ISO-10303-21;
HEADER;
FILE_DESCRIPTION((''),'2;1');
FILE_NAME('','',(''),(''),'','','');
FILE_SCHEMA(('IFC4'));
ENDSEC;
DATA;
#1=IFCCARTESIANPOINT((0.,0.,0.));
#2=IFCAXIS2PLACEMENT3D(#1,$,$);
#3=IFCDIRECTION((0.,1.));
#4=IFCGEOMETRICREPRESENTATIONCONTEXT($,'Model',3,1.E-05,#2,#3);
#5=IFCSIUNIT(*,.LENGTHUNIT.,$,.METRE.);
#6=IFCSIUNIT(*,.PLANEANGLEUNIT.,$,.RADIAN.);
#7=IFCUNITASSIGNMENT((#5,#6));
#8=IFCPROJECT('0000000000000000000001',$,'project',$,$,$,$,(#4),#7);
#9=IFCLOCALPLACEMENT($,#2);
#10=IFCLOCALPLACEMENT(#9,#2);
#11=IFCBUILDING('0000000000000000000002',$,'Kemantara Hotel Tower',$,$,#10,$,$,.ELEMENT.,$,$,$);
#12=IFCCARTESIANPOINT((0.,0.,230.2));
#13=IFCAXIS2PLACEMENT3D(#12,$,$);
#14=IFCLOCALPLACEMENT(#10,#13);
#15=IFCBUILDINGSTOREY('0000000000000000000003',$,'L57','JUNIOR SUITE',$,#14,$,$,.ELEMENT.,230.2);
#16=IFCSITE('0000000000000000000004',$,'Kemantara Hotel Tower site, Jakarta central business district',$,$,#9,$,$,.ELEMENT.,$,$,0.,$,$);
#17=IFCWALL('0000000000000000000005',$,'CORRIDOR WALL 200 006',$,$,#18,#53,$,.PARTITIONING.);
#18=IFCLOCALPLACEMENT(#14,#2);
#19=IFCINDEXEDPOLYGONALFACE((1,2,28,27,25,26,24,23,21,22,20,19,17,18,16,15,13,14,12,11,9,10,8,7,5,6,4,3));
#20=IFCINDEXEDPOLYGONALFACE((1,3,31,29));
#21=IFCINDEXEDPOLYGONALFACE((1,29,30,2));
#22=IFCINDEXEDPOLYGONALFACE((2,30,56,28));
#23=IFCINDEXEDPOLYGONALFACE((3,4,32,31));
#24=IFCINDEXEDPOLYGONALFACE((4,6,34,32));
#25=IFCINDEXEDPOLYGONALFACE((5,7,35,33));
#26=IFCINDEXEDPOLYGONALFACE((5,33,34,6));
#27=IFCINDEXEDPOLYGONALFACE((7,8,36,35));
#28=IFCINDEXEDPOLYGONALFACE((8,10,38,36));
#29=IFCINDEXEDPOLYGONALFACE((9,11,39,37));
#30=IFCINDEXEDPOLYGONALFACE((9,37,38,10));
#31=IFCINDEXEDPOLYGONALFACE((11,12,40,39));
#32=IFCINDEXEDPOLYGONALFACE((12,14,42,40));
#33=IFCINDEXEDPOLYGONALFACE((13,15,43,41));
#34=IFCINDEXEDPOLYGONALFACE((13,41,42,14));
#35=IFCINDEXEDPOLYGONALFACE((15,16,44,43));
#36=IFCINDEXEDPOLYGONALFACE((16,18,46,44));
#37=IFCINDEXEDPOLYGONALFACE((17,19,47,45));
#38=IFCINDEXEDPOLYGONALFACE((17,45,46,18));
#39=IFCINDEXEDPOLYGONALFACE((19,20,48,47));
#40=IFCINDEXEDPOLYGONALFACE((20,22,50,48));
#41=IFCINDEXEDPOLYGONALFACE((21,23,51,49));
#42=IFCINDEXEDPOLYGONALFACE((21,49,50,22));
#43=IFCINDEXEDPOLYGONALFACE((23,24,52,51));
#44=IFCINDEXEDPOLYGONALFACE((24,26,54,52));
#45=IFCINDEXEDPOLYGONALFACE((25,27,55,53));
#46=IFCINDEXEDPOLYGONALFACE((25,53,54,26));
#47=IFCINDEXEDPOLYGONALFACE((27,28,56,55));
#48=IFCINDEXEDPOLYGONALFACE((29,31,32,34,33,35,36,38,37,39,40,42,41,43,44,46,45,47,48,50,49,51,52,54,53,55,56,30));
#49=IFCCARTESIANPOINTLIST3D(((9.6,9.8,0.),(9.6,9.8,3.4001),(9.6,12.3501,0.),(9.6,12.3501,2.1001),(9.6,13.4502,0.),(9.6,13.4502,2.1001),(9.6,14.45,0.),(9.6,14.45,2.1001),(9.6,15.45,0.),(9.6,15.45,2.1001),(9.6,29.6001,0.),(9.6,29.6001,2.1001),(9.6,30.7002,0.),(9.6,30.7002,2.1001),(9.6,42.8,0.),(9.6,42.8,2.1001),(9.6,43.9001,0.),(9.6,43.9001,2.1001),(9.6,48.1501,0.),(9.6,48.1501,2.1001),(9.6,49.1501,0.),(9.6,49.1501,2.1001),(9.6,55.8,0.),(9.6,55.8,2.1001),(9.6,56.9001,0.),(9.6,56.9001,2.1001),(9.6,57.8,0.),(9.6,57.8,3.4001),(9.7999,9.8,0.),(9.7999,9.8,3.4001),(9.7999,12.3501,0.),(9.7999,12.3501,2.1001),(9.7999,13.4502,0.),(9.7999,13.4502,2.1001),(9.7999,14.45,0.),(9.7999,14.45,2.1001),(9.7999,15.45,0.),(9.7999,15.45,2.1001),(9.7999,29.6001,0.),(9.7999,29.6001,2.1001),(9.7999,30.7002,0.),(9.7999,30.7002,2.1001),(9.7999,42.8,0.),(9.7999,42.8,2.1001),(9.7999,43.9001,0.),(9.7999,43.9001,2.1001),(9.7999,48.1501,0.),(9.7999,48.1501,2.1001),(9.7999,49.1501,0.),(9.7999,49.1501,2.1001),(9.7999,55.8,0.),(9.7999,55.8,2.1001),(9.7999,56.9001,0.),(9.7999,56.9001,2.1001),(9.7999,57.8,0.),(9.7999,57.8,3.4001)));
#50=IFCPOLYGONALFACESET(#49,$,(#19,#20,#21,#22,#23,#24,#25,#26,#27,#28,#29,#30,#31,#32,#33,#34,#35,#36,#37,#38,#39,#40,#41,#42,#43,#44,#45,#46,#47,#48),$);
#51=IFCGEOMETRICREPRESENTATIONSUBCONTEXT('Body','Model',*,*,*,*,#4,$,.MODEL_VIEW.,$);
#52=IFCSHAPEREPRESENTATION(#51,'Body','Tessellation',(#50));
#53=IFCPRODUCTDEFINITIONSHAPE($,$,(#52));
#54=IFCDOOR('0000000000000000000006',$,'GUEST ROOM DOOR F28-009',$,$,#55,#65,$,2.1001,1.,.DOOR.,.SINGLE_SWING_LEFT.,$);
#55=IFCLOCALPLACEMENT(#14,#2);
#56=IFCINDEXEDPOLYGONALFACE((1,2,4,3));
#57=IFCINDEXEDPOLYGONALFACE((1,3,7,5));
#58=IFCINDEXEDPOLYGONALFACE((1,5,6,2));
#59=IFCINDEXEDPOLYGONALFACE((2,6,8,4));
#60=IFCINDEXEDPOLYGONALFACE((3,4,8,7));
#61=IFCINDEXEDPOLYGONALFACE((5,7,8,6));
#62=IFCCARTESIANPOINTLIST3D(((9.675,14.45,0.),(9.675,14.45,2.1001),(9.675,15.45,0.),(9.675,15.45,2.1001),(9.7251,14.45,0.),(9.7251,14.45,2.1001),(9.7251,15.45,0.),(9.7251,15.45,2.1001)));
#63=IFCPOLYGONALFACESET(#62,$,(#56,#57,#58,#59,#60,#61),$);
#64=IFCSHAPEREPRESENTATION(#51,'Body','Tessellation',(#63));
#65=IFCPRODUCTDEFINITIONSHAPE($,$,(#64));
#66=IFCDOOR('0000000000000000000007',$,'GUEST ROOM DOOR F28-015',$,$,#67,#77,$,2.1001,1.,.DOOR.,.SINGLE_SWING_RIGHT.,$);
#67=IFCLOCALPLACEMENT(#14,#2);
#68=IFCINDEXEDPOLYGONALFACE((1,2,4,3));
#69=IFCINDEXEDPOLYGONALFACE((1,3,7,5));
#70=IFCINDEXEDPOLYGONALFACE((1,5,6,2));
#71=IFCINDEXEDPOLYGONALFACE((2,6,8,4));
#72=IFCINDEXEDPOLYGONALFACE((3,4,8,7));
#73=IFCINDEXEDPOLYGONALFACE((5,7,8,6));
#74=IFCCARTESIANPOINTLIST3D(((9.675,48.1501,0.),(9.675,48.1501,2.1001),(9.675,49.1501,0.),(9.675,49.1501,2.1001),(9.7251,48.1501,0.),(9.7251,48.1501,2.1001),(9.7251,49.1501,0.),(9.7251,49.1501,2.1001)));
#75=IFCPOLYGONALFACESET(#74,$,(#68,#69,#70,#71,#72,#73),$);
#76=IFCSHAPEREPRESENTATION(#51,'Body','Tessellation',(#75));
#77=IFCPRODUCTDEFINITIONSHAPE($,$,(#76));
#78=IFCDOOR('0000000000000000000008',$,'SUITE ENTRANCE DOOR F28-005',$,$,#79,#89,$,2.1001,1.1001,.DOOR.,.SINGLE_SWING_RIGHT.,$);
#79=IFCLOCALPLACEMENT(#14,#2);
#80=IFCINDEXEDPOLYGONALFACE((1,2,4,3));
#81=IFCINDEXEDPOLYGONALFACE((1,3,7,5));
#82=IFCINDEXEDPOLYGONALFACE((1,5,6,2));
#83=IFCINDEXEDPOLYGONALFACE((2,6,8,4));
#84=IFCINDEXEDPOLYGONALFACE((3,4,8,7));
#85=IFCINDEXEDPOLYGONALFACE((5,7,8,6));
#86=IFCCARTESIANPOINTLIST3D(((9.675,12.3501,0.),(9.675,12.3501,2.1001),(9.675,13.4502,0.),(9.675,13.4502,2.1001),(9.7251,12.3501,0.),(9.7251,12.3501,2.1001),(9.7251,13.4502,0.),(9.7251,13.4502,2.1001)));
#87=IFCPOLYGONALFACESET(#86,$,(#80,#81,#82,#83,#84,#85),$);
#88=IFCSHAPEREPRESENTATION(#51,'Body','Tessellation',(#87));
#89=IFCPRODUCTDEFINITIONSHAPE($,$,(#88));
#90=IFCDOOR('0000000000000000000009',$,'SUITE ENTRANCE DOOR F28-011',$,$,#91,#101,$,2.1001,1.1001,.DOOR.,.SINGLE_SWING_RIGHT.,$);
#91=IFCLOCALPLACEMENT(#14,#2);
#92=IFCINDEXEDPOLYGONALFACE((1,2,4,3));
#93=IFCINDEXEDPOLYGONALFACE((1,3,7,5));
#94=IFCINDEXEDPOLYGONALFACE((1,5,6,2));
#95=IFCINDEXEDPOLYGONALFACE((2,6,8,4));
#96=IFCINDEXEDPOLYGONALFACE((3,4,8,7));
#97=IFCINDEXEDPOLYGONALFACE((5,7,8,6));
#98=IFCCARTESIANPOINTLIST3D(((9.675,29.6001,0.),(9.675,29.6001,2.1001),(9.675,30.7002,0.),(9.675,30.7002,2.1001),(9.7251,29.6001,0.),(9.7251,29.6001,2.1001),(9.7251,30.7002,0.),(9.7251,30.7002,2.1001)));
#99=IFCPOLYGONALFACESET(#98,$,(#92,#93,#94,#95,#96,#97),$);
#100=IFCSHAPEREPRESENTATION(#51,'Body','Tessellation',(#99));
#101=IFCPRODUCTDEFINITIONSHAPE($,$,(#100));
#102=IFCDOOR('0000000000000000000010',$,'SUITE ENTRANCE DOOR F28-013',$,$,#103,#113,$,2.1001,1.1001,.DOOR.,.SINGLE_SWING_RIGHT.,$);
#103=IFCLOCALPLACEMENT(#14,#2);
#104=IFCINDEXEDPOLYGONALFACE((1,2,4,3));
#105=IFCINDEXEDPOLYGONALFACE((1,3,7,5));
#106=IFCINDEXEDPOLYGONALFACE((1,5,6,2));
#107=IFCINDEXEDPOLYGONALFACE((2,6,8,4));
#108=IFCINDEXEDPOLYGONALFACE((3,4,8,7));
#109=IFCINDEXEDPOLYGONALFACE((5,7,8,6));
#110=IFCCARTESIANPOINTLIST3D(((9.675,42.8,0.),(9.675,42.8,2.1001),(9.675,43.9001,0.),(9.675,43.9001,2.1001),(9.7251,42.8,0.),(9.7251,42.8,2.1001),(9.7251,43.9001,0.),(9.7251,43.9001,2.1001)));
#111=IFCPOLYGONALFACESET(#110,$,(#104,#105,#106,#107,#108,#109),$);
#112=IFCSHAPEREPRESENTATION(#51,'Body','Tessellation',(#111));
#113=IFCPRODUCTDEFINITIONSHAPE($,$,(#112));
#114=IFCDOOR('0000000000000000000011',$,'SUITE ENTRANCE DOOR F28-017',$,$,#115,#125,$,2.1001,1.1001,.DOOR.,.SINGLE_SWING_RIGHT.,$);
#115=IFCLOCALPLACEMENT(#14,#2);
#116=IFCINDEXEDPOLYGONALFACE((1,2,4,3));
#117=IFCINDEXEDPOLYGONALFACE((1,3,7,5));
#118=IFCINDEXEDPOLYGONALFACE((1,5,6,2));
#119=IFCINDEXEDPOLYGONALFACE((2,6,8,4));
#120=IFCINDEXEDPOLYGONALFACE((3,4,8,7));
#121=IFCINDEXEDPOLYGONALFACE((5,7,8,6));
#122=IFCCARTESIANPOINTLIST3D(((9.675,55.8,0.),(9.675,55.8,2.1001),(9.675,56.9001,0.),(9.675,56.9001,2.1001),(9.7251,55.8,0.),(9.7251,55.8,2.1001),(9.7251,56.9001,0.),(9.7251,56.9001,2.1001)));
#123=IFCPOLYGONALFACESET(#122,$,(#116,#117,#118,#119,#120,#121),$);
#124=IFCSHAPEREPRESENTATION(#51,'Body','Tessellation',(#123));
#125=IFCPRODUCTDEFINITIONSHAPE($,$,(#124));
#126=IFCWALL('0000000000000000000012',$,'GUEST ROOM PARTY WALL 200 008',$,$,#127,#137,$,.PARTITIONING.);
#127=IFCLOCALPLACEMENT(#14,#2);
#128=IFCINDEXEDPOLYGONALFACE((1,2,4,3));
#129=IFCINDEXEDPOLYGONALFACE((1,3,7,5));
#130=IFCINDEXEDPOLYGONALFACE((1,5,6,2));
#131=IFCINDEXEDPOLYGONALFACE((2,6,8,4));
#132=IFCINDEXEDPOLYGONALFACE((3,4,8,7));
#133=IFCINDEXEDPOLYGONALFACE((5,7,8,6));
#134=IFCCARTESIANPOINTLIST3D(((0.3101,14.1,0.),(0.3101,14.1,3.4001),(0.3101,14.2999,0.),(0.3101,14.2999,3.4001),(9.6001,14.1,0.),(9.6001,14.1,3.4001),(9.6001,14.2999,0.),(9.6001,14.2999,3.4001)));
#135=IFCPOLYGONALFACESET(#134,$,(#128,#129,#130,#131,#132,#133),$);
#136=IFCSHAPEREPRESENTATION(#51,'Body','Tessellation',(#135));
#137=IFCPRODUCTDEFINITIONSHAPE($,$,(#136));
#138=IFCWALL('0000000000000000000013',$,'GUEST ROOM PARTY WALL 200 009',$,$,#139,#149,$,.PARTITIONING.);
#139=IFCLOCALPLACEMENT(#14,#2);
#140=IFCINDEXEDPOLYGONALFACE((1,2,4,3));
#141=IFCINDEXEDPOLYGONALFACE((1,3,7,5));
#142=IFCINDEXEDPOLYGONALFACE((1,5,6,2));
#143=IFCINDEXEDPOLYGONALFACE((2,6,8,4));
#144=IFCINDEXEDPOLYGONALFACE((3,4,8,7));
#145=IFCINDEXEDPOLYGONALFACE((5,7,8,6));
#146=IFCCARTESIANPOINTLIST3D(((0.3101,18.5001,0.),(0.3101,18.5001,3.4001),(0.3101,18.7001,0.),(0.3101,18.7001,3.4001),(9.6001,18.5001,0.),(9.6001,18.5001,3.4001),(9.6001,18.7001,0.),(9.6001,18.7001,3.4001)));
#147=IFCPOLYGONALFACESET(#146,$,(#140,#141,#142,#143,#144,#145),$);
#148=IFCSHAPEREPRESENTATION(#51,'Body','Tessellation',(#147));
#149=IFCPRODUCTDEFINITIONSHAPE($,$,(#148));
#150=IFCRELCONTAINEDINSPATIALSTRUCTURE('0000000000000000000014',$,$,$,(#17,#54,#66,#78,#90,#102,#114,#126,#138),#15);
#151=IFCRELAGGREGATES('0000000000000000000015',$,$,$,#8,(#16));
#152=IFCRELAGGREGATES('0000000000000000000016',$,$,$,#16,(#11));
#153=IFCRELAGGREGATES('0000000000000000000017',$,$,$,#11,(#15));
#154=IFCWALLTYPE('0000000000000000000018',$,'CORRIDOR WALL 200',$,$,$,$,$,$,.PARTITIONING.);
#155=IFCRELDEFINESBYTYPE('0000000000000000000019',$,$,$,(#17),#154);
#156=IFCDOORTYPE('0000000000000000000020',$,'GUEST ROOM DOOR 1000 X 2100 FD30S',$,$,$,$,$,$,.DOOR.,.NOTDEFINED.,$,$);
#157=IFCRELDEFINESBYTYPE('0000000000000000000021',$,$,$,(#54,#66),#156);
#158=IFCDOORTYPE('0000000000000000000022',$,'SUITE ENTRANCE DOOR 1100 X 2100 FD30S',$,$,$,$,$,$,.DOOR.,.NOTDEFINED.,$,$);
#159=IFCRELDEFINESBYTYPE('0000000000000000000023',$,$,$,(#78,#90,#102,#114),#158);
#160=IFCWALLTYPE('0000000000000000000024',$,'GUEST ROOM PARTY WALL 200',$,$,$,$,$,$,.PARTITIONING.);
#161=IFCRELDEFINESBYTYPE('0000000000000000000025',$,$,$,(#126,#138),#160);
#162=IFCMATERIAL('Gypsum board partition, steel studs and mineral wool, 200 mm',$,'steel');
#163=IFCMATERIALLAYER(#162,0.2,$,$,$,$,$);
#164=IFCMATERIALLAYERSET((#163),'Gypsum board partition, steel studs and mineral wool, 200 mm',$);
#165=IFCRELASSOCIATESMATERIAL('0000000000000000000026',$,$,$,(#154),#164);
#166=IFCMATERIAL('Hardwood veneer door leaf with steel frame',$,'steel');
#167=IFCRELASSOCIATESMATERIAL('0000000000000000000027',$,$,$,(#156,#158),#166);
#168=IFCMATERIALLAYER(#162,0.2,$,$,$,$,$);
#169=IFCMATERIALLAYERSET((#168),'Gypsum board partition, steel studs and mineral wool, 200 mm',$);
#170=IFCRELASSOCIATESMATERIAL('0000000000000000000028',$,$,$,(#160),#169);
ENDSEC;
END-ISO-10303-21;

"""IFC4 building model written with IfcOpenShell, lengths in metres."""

from ifc_helpers import new_model, si_unit, direction, frame, frame_2d, origin, place, context, subcontext, project, spatial, rectangle, extrude, material, layer, layer_set, type_object, element, fill, save


model = new_model("IFC4")

# Units and contexts
model_context = context("Model", 3, precision=1e-05, world=origin(), true_north=direction((0.0, 1.0)))
body_context = subcontext(model_context, "Body", "Model", "MODEL_VIEW")
ifc_project = project(units=[si_unit("LENGTHUNIT", "METRE"), si_unit("PLANEANGLEUNIT", "RADIAN")], contexts=[model_context])

# Site, building, storey
site_placement = place(None, origin())
site = spatial("IfcSite", under=ifc_project, at=site_placement, Name="Kemantara Hotel Tower site, Jakarta central business district", CompositionType="ELEMENT", RefElevation=0.0)
building_placement = place(site_placement, origin())
building = spatial("IfcBuilding", under=site, at=building_placement, Name="Kemantara Hotel Tower", CompositionType="ELEMENT")
storey_placement = place(building_placement, frame((0.0, 0.0, 230.2)))
storey = spatial("IfcBuildingStorey", under=building, at=storey_placement, Name="L57", Description="JUNIOR SUITE", CompositionType="ELEMENT", Elevation=230.2)

# Wall, openings, doors
ifc_material_1 = material(Name="Gypsum board partition, steel studs and mineral wool, 200 mm", Category="steel")
ifc_layer_1 = layer(ifc_material_1, 0.2)
ifc_layer_set_1 = layer_set([ifc_layer_1], Name="Gypsum board partition, steel studs and mineral wool, 200 mm")
wall_type_1 = type_object("IfcWallType", Name="CORRIDOR WALL 200", PredefinedType="PARTITIONING", material=ifc_layer_set_1)
wall_1_placement = place(storey_placement, frame((9.7, 9.8, 0.0), z_axis=(0.0, 0.0, 1.0), x_axis=(0.0, 1.0, 0.0)))
wall_1 = element("IfcWall", 1, at=wall_1_placement, inside=storey, type_object=wall_type_1, Name="CORRIDOR WALL 200 006", PredefinedType="PARTITIONING", context=body_context, shape_type="SweptSolid", body=[
    extrude(rectangle(XDim=48.0, YDim=0.2, at=frame_2d((24.0, 0.0))), origin(), (0.0, 0.0, 1.0), 3.4001),
])
opening_1_placement = place(wall_1_placement, frame((2.55, 0.0, 0.0)))
opening_1 = element("IfcOpeningElement", 2, at=opening_1_placement, cuts=wall_1, PredefinedType="OPENING", context=body_context, shape_type="SweptSolid", body=[
    extrude(rectangle(XDim=1.1001, YDim=2.1001, at=frame_2d((0.55, 1.05))), frame((0.0, 0.1099, 0.0), z_axis=(0.0, -1.0, 0.0), x_axis=(1.0, 0.0, 0.0)), (0.0, 0.0, 1.0), 0.22),
])
opening_2_placement = place(wall_1_placement, frame((4.6499, 0.0, 0.0)))
opening_2 = element("IfcOpeningElement", 3, at=opening_2_placement, cuts=wall_1, PredefinedType="OPENING", context=body_context, shape_type="SweptSolid", body=[
    extrude(rectangle(XDim=1.0, YDim=2.1001, at=frame_2d((0.5, 1.05))), frame((0.0, 0.1099, 0.0), z_axis=(0.0, -1.0, 0.0), x_axis=(1.0, 0.0, 0.0)), (0.0, 0.0, 1.0), 0.22),
])
opening_3_placement = place(wall_1_placement, frame((19.8, 0.0, 0.0)))
opening_3 = element("IfcOpeningElement", 4, at=opening_3_placement, cuts=wall_1, PredefinedType="OPENING", context=body_context, shape_type="SweptSolid", body=[
    extrude(rectangle(XDim=1.1001, YDim=2.1001, at=frame_2d((0.55, 1.05))), frame((0.0, 0.1099, 0.0), z_axis=(0.0, -1.0, 0.0), x_axis=(1.0, 0.0, 0.0)), (0.0, 0.0, 1.0), 0.22),
])
opening_4_placement = place(wall_1_placement, frame((33.0, 0.0, 0.0)))
opening_4 = element("IfcOpeningElement", 5, at=opening_4_placement, cuts=wall_1, PredefinedType="OPENING", context=body_context, shape_type="SweptSolid", body=[
    extrude(rectangle(XDim=1.1001, YDim=2.1001, at=frame_2d((0.55, 1.05))), frame((0.0, 0.1099, 0.0), z_axis=(0.0, -1.0, 0.0), x_axis=(1.0, 0.0, 0.0)), (0.0, 0.0, 1.0), 0.22),
])
opening_5_placement = place(wall_1_placement, frame((38.3501, 0.0, 0.0)))
opening_5 = element("IfcOpeningElement", 6, at=opening_5_placement, cuts=wall_1, PredefinedType="OPENING", context=body_context, shape_type="SweptSolid", body=[
    extrude(rectangle(XDim=1.0, YDim=2.1001, at=frame_2d((0.5, 1.05))), frame((0.0, 0.1099, 0.0), z_axis=(0.0, -1.0, 0.0), x_axis=(1.0, 0.0, 0.0)), (0.0, 0.0, 1.0), 0.22),
])
opening_6_placement = place(wall_1_placement, frame((46.0, 0.0, 0.0)))
opening_6 = element("IfcOpeningElement", 7, at=opening_6_placement, cuts=wall_1, PredefinedType="OPENING", context=body_context, shape_type="SweptSolid", body=[
    extrude(rectangle(XDim=1.1001, YDim=2.1001, at=frame_2d((0.55, 1.05))), frame((0.0, 0.1099, 0.0), z_axis=(0.0, -1.0, 0.0), x_axis=(1.0, 0.0, 0.0)), (0.0, 0.0, 1.0), 0.22),
])
ifc_material_2 = material(Name="Hardwood veneer door leaf with steel frame", Category="steel")
door_type_1 = type_object("IfcDoorType", Name="GUEST ROOM DOOR 1000 X 2100 FD30S", OperationType="NOTDEFINED", PredefinedType="DOOR", material=ifc_material_2)
door_1_placement = place(opening_2_placement, origin())
door_1 = element("IfcDoor", 8, at=door_1_placement, inside=storey, type_object=door_type_1, Name="GUEST ROOM DOOR F28-009", OperationType="SINGLE_SWING_LEFT", OverallHeight=2.1001, OverallWidth=1.0, PredefinedType="DOOR", context=body_context, shape_type="SweptSolid", body=[
    extrude(rectangle(XDim=1.0, YDim=2.1001, at=frame_2d((0.5, 1.05))), frame((0.0, 0.0249, 0.0), z_axis=(0.0, -1.0, 0.0), x_axis=(1.0, 0.0, 0.0)), (0.0, 0.0, 1.0), 0.05),
])
fill(opening_2, door_1)
door_2_placement = place(opening_5_placement, origin())
door_2 = element("IfcDoor", 9, at=door_2_placement, inside=storey, type_object=door_type_1, Name="GUEST ROOM DOOR F28-015", OperationType="SINGLE_SWING_RIGHT", OverallHeight=2.1001, OverallWidth=1.0, PredefinedType="DOOR", context=body_context, shape_type="SweptSolid", body=[
    extrude(rectangle(XDim=1.0, YDim=2.1001, at=frame_2d((0.5, 1.05))), frame((0.0, 0.0249, 0.0), z_axis=(0.0, -1.0, 0.0), x_axis=(1.0, 0.0, 0.0)), (0.0, 0.0, 1.0), 0.05),
])
fill(opening_5, door_2)
door_type_2 = type_object("IfcDoorType", Name="SUITE ENTRANCE DOOR 1100 X 2100 FD30S", OperationType="NOTDEFINED", PredefinedType="DOOR", material=ifc_material_2)
door_3_placement = place(opening_1_placement, origin())
door_3 = element("IfcDoor", 10, at=door_3_placement, inside=storey, type_object=door_type_2, Name="SUITE ENTRANCE DOOR F28-005", OperationType="SINGLE_SWING_RIGHT", OverallHeight=2.1001, OverallWidth=1.1001, PredefinedType="DOOR", context=body_context, shape_type="SweptSolid", body=[
    extrude(rectangle(XDim=1.1001, YDim=2.1001, at=frame_2d((0.55, 1.05))), frame((0.0, 0.0249, 0.0), z_axis=(0.0, -1.0, 0.0), x_axis=(1.0, 0.0, 0.0)), (0.0, 0.0, 1.0), 0.05),
])
fill(opening_1, door_3)
door_4_placement = place(opening_3_placement, origin())
door_4 = element("IfcDoor", 11, at=door_4_placement, inside=storey, type_object=door_type_2, Name="SUITE ENTRANCE DOOR F28-011", OperationType="SINGLE_SWING_RIGHT", OverallHeight=2.1001, OverallWidth=1.1001, PredefinedType="DOOR", context=body_context, shape_type="SweptSolid", body=[
    extrude(rectangle(XDim=1.1001, YDim=2.1001, at=frame_2d((0.55, 1.05))), frame((0.0, 0.0249, 0.0), z_axis=(0.0, -1.0, 0.0), x_axis=(1.0, 0.0, 0.0)), (0.0, 0.0, 1.0), 0.05),
])
fill(opening_3, door_4)
door_5_placement = place(opening_4_placement, origin())
door_5 = element("IfcDoor", 12, at=door_5_placement, inside=storey, type_object=door_type_2, Name="SUITE ENTRANCE DOOR F28-013", OperationType="SINGLE_SWING_RIGHT", OverallHeight=2.1001, OverallWidth=1.1001, PredefinedType="DOOR", context=body_context, shape_type="SweptSolid", body=[
    extrude(rectangle(XDim=1.1001, YDim=2.1001, at=frame_2d((0.55, 1.05))), frame((0.0, 0.0249, 0.0), z_axis=(0.0, -1.0, 0.0), x_axis=(1.0, 0.0, 0.0)), (0.0, 0.0, 1.0), 0.05),
])
fill(opening_4, door_5)
door_6_placement = place(opening_6_placement, origin())
door_6 = element("IfcDoor", 13, at=door_6_placement, inside=storey, type_object=door_type_2, Name="SUITE ENTRANCE DOOR F28-017", OperationType="SINGLE_SWING_RIGHT", OverallHeight=2.1001, OverallWidth=1.1001, PredefinedType="DOOR", context=body_context, shape_type="SweptSolid", body=[
    extrude(rectangle(XDim=1.1001, YDim=2.1001, at=frame_2d((0.55, 1.05))), frame((0.0, 0.0249, 0.0), z_axis=(0.0, -1.0, 0.0), x_axis=(1.0, 0.0, 0.0)), (0.0, 0.0, 1.0), 0.05),
])
fill(opening_6, door_6)

# Walls
ifc_layer_2 = layer(ifc_material_1, 0.2)
ifc_layer_set_2 = layer_set([ifc_layer_2], Name="Gypsum board partition, steel studs and mineral wool, 200 mm")
wall_type_2 = type_object("IfcWallType", Name="GUEST ROOM PARTY WALL 200", PredefinedType="PARTITIONING", material=ifc_layer_set_2)
for number, where, z_axis, x_axis, name in (
    (14, (0.3101, 14.2, 0.0), (0.0, 0.0, 1.0), (1.0, 0.0, 0.0), "GUEST ROOM PARTY WALL 200 008"),
    (15, (0.3101, 18.6001, 0.0), (0.0, 0.0, 1.0), (1.0, 0.0, 0.0), "GUEST ROOM PARTY WALL 200 009"),
):
    element("IfcWall", number, at=place(storey_placement, frame(where, z_axis=z_axis, x_axis=x_axis)), inside=storey, type_object=wall_type_2, Name=name, PredefinedType="PARTITIONING", context=body_context, shape_type="SweptSolid", body=[
        extrude(rectangle(XDim=9.29, YDim=0.2, at=frame_2d((4.645, 0.0))), origin(), (0.0, 0.0, 1.0), 3.4001),
    ])

save(model, "model.ifc")
